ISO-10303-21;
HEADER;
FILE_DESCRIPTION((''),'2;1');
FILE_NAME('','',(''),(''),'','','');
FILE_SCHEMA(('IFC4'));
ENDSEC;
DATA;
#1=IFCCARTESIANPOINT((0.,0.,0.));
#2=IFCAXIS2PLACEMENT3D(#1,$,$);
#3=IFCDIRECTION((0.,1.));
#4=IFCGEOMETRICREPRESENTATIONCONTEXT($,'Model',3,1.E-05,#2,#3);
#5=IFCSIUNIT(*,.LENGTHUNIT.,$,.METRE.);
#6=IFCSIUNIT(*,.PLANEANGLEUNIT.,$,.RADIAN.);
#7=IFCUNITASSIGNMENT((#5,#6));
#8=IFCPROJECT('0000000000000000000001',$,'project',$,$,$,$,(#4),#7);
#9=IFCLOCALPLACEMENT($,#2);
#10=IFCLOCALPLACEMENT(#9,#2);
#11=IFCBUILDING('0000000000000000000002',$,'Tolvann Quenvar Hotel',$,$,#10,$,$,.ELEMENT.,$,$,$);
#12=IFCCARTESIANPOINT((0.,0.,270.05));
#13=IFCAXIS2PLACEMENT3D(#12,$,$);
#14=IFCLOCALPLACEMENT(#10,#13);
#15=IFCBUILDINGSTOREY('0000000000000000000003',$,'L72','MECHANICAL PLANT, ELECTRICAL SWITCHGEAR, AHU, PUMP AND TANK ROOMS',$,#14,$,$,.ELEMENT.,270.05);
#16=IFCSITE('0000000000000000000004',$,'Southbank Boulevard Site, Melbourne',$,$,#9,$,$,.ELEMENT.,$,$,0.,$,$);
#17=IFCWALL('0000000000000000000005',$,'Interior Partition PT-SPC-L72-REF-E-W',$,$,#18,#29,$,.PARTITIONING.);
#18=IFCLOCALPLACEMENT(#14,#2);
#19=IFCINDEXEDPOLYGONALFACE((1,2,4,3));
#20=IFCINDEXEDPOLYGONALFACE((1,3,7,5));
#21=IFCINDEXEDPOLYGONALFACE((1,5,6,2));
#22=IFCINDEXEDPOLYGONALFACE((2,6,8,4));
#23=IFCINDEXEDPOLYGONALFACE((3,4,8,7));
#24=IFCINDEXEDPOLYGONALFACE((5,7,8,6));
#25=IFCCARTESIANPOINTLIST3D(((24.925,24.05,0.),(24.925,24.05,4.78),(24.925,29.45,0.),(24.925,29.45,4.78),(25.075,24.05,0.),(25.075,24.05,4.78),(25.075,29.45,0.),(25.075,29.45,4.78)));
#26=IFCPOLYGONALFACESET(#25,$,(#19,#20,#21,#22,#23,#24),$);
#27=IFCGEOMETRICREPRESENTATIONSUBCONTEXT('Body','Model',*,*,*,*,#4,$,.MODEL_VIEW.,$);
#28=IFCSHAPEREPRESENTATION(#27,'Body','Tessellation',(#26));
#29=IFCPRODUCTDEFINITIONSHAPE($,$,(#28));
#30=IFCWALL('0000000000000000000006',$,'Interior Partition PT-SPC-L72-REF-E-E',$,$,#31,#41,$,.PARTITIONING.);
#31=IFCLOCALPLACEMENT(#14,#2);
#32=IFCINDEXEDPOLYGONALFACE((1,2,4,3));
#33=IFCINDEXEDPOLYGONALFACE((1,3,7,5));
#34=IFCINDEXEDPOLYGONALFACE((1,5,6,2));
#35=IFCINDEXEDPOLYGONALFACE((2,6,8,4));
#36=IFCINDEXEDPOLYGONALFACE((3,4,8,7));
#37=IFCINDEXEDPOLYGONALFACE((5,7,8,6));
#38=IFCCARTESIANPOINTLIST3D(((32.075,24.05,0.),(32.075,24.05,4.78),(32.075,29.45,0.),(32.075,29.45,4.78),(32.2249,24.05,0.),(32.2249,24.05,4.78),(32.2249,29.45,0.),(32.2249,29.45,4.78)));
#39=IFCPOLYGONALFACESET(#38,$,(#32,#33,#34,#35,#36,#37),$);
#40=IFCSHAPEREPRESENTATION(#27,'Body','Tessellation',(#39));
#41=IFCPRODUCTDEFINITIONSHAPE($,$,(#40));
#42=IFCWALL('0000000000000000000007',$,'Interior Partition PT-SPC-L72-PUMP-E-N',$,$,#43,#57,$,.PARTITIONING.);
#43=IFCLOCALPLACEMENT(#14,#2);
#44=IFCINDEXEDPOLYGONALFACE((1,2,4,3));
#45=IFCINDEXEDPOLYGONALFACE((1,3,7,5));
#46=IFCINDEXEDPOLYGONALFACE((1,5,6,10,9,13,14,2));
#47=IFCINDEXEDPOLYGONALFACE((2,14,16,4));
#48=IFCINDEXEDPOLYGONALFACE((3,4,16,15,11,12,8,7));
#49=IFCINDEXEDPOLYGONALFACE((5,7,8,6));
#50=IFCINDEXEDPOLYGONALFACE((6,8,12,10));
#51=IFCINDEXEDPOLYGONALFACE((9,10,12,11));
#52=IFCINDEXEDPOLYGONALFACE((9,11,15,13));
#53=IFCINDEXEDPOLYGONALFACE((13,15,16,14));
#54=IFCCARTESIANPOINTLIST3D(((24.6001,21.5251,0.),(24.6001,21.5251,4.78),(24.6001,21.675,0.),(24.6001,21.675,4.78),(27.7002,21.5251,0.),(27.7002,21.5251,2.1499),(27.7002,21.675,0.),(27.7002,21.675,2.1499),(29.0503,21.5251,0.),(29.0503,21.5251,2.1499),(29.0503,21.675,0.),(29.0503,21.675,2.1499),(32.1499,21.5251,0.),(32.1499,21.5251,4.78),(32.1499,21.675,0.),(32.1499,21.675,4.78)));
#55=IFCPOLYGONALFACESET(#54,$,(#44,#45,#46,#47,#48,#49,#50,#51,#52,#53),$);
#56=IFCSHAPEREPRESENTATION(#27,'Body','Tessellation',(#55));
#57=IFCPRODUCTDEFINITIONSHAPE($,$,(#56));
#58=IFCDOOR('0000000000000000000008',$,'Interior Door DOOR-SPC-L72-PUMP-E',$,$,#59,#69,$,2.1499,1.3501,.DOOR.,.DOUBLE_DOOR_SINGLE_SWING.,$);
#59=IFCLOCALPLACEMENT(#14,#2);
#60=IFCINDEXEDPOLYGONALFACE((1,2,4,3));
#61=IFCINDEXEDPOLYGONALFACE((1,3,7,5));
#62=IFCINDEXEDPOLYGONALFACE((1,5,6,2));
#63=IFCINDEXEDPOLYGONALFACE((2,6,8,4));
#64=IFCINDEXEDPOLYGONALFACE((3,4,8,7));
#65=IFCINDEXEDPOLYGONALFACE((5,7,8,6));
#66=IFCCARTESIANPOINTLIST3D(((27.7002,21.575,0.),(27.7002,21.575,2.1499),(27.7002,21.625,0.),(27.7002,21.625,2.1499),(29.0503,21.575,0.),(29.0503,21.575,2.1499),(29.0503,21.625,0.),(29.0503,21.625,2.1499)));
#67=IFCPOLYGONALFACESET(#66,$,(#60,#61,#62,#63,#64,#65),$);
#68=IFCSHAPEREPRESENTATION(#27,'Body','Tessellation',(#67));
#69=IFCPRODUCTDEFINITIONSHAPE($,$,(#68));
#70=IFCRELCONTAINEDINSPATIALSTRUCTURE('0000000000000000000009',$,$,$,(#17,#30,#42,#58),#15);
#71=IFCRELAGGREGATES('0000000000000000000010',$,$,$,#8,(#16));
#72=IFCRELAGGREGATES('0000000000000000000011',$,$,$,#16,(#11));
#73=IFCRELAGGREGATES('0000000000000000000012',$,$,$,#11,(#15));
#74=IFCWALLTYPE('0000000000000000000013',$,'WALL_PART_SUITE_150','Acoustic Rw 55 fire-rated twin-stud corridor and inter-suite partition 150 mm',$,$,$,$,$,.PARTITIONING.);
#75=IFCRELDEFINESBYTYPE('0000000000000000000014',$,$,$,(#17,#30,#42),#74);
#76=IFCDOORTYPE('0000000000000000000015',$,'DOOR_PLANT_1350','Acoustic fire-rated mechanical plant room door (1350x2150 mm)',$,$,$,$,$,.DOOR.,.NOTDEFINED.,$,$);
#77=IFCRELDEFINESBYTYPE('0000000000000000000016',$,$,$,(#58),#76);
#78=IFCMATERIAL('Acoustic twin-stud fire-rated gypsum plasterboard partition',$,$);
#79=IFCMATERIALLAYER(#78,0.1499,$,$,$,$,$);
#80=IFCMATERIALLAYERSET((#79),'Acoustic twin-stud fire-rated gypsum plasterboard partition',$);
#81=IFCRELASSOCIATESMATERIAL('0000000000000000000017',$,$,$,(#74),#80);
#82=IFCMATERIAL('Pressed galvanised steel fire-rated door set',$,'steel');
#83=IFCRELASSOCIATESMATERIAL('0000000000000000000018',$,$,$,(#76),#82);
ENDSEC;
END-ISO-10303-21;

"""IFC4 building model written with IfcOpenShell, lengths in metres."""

from ifc_helpers import new_model, si_unit, direction, frame, frame_2d, origin, place, context, subcontext, project, spatial, rectangle, extrude, source, transform, mapped, material, layer, layer_set, type_object, type_shapes, element, fill, save


model = new_model("IFC4")

# Units and contexts
model_context = context("Model", 3, precision=1e-05, world=origin(), true_north=direction((0.0, 1.0)))
body_context = subcontext(model_context, "Body", "Model", "MODEL_VIEW")
ifc_project = project(units=[si_unit("LENGTHUNIT", "METRE"), si_unit("PLANEANGLEUNIT", "RADIAN")], contexts=[model_context])

# Site, building, storey
site_placement = place(None, origin())
site = spatial("IfcSite", under=ifc_project, at=site_placement, Name="Southbank Boulevard Site, Melbourne", CompositionType="ELEMENT", RefElevation=0.0)
building_placement = place(site_placement, origin())
building = spatial("IfcBuilding", under=site, at=building_placement, Name="Tolvann Quenvar Hotel", CompositionType="ELEMENT")
storey_placement = place(building_placement, frame((0.0, 0.0, 270.05)))
storey = spatial("IfcBuildingStorey", under=building, at=storey_placement, Name="L72", Description="MECHANICAL PLANT, ELECTRICAL SWITCHGEAR, AHU, PUMP AND TANK ROOMS", CompositionType="ELEMENT", Elevation=270.05)

# Shared definitions
ifc_material_1 = material(Name="Pressed galvanised steel fire-rated door set", Category="steel")

# Shared definitions
ifc_material_2 = material(Name="Acoustic twin-stud fire-rated gypsum plasterboard partition")
ifc_layer_1 = layer(ifc_material_2, 0.1499)
ifc_layer_set_1 = layer_set([ifc_layer_1], Name="Acoustic twin-stud fire-rated gypsum plasterboard partition")
wall_type_1 = type_object("IfcWallType", Name="WALL_PART_SUITE_150", Description="Acoustic Rw 55 fire-rated twin-stud corridor and inter-suite partition 150 mm", PredefinedType="PARTITIONING", material=ifc_layer_set_1)

# Shared definitions
door_type_1 = type_object("IfcDoorType", Name="DOOR_PLANT_1350", Description="Acoustic fire-rated mechanical plant room door (1350x2150 mm)", OperationType="NOTDEFINED", PredefinedType="DOOR", material=ifc_material_1)
shared_shape_1 = source(origin(), body_context, "Body", "SweptSolid", [
    extrude(rectangle(XDim=1.3501, YDim=2.1499, at=frame_2d((0.675, 1.075))), frame((0.0, 0.0249, 0.0), z_axis=(0.0, -1.0, 0.0), x_axis=(1.0, 0.0, 0.0)), (0.0, 0.0, 1.0), 0.05),
])
type_shapes(door_type_1, [shared_shape_1])

# Walls
for number, where, z_axis, x_axis, name in (
    (1, (25.0, 24.05, 0.0), (0.0, 0.0, 1.0), (0.0, 1.0, 0.0), "Interior Partition PT-SPC-L72-REF-E-W"),
    (2, (32.1499, 24.05, 0.0), (0.0, 0.0, 1.0), (0.0, 1.0, 0.0), "Interior Partition PT-SPC-L72-REF-E-E"),
):
    element("IfcWall", number, at=place(storey_placement, frame(where, z_axis=z_axis, x_axis=x_axis)), inside=storey, type_object=wall_type_1, Name=name, PredefinedType="PARTITIONING", context=body_context, shape_type="SweptSolid", body=[
        extrude(rectangle(XDim=5.3999, YDim=0.1499, at=frame_2d((2.7, 0.0))), origin(), (0.0, 0.0, 1.0), 4.78),
    ])

# Wall, opening, door
wall_1_placement = place(storey_placement, frame((24.6001, 21.6001, 0.0), z_axis=(0.0, 0.0, 1.0), x_axis=(1.0, 0.0, 0.0)))
wall_1 = element("IfcWall", 3, at=wall_1_placement, inside=storey, type_object=wall_type_1, Name="Interior Partition PT-SPC-L72-PUMP-E-N", PredefinedType="PARTITIONING", context=body_context, shape_type="SweptSolid", body=[
    extrude(rectangle(XDim=7.5498, YDim=0.1499, at=frame_2d((3.7749, 0.0))), origin(), (0.0, 0.0, 1.0), 4.78),
])
opening_1_placement = place(wall_1_placement, frame((3.1001, 0.0, 0.0)))
opening_1 = element("IfcOpeningElement", 4, at=opening_1_placement, cuts=wall_1, PredefinedType="OPENING", context=body_context, shape_type="SweptSolid", body=[
    extrude(rectangle(XDim=1.3501, YDim=2.1499, at=frame_2d((0.675, 1.075))), frame((0.0, 0.085, 0.0), z_axis=(0.0, -1.0, 0.0), x_axis=(1.0, 0.0, 0.0)), (0.0, 0.0, 1.0), 0.1699),
])
door_1_placement = place(opening_1_placement, origin())
door_1 = element("IfcDoor", 5, at=door_1_placement, inside=storey, type_object=door_type_1, Name="Interior Door DOOR-SPC-L72-PUMP-E", OperationType="DOUBLE_DOOR_SINGLE_SWING", OverallHeight=2.1499, OverallWidth=1.3501, PredefinedType="DOOR", context=body_context, shape_type="MappedRepresentation", body=[
    mapped(shared_shape_1, transform((0.0, 0.0, 0.0), x_axis=(1.0, 0.0, 0.0), y_axis=(0.0, 1.0, 0.0), z_axis=(0.0, 0.0, 1.0), scale=1.0)),
])
fill(opening_1, door_1)

save(model, "model.ifc")
